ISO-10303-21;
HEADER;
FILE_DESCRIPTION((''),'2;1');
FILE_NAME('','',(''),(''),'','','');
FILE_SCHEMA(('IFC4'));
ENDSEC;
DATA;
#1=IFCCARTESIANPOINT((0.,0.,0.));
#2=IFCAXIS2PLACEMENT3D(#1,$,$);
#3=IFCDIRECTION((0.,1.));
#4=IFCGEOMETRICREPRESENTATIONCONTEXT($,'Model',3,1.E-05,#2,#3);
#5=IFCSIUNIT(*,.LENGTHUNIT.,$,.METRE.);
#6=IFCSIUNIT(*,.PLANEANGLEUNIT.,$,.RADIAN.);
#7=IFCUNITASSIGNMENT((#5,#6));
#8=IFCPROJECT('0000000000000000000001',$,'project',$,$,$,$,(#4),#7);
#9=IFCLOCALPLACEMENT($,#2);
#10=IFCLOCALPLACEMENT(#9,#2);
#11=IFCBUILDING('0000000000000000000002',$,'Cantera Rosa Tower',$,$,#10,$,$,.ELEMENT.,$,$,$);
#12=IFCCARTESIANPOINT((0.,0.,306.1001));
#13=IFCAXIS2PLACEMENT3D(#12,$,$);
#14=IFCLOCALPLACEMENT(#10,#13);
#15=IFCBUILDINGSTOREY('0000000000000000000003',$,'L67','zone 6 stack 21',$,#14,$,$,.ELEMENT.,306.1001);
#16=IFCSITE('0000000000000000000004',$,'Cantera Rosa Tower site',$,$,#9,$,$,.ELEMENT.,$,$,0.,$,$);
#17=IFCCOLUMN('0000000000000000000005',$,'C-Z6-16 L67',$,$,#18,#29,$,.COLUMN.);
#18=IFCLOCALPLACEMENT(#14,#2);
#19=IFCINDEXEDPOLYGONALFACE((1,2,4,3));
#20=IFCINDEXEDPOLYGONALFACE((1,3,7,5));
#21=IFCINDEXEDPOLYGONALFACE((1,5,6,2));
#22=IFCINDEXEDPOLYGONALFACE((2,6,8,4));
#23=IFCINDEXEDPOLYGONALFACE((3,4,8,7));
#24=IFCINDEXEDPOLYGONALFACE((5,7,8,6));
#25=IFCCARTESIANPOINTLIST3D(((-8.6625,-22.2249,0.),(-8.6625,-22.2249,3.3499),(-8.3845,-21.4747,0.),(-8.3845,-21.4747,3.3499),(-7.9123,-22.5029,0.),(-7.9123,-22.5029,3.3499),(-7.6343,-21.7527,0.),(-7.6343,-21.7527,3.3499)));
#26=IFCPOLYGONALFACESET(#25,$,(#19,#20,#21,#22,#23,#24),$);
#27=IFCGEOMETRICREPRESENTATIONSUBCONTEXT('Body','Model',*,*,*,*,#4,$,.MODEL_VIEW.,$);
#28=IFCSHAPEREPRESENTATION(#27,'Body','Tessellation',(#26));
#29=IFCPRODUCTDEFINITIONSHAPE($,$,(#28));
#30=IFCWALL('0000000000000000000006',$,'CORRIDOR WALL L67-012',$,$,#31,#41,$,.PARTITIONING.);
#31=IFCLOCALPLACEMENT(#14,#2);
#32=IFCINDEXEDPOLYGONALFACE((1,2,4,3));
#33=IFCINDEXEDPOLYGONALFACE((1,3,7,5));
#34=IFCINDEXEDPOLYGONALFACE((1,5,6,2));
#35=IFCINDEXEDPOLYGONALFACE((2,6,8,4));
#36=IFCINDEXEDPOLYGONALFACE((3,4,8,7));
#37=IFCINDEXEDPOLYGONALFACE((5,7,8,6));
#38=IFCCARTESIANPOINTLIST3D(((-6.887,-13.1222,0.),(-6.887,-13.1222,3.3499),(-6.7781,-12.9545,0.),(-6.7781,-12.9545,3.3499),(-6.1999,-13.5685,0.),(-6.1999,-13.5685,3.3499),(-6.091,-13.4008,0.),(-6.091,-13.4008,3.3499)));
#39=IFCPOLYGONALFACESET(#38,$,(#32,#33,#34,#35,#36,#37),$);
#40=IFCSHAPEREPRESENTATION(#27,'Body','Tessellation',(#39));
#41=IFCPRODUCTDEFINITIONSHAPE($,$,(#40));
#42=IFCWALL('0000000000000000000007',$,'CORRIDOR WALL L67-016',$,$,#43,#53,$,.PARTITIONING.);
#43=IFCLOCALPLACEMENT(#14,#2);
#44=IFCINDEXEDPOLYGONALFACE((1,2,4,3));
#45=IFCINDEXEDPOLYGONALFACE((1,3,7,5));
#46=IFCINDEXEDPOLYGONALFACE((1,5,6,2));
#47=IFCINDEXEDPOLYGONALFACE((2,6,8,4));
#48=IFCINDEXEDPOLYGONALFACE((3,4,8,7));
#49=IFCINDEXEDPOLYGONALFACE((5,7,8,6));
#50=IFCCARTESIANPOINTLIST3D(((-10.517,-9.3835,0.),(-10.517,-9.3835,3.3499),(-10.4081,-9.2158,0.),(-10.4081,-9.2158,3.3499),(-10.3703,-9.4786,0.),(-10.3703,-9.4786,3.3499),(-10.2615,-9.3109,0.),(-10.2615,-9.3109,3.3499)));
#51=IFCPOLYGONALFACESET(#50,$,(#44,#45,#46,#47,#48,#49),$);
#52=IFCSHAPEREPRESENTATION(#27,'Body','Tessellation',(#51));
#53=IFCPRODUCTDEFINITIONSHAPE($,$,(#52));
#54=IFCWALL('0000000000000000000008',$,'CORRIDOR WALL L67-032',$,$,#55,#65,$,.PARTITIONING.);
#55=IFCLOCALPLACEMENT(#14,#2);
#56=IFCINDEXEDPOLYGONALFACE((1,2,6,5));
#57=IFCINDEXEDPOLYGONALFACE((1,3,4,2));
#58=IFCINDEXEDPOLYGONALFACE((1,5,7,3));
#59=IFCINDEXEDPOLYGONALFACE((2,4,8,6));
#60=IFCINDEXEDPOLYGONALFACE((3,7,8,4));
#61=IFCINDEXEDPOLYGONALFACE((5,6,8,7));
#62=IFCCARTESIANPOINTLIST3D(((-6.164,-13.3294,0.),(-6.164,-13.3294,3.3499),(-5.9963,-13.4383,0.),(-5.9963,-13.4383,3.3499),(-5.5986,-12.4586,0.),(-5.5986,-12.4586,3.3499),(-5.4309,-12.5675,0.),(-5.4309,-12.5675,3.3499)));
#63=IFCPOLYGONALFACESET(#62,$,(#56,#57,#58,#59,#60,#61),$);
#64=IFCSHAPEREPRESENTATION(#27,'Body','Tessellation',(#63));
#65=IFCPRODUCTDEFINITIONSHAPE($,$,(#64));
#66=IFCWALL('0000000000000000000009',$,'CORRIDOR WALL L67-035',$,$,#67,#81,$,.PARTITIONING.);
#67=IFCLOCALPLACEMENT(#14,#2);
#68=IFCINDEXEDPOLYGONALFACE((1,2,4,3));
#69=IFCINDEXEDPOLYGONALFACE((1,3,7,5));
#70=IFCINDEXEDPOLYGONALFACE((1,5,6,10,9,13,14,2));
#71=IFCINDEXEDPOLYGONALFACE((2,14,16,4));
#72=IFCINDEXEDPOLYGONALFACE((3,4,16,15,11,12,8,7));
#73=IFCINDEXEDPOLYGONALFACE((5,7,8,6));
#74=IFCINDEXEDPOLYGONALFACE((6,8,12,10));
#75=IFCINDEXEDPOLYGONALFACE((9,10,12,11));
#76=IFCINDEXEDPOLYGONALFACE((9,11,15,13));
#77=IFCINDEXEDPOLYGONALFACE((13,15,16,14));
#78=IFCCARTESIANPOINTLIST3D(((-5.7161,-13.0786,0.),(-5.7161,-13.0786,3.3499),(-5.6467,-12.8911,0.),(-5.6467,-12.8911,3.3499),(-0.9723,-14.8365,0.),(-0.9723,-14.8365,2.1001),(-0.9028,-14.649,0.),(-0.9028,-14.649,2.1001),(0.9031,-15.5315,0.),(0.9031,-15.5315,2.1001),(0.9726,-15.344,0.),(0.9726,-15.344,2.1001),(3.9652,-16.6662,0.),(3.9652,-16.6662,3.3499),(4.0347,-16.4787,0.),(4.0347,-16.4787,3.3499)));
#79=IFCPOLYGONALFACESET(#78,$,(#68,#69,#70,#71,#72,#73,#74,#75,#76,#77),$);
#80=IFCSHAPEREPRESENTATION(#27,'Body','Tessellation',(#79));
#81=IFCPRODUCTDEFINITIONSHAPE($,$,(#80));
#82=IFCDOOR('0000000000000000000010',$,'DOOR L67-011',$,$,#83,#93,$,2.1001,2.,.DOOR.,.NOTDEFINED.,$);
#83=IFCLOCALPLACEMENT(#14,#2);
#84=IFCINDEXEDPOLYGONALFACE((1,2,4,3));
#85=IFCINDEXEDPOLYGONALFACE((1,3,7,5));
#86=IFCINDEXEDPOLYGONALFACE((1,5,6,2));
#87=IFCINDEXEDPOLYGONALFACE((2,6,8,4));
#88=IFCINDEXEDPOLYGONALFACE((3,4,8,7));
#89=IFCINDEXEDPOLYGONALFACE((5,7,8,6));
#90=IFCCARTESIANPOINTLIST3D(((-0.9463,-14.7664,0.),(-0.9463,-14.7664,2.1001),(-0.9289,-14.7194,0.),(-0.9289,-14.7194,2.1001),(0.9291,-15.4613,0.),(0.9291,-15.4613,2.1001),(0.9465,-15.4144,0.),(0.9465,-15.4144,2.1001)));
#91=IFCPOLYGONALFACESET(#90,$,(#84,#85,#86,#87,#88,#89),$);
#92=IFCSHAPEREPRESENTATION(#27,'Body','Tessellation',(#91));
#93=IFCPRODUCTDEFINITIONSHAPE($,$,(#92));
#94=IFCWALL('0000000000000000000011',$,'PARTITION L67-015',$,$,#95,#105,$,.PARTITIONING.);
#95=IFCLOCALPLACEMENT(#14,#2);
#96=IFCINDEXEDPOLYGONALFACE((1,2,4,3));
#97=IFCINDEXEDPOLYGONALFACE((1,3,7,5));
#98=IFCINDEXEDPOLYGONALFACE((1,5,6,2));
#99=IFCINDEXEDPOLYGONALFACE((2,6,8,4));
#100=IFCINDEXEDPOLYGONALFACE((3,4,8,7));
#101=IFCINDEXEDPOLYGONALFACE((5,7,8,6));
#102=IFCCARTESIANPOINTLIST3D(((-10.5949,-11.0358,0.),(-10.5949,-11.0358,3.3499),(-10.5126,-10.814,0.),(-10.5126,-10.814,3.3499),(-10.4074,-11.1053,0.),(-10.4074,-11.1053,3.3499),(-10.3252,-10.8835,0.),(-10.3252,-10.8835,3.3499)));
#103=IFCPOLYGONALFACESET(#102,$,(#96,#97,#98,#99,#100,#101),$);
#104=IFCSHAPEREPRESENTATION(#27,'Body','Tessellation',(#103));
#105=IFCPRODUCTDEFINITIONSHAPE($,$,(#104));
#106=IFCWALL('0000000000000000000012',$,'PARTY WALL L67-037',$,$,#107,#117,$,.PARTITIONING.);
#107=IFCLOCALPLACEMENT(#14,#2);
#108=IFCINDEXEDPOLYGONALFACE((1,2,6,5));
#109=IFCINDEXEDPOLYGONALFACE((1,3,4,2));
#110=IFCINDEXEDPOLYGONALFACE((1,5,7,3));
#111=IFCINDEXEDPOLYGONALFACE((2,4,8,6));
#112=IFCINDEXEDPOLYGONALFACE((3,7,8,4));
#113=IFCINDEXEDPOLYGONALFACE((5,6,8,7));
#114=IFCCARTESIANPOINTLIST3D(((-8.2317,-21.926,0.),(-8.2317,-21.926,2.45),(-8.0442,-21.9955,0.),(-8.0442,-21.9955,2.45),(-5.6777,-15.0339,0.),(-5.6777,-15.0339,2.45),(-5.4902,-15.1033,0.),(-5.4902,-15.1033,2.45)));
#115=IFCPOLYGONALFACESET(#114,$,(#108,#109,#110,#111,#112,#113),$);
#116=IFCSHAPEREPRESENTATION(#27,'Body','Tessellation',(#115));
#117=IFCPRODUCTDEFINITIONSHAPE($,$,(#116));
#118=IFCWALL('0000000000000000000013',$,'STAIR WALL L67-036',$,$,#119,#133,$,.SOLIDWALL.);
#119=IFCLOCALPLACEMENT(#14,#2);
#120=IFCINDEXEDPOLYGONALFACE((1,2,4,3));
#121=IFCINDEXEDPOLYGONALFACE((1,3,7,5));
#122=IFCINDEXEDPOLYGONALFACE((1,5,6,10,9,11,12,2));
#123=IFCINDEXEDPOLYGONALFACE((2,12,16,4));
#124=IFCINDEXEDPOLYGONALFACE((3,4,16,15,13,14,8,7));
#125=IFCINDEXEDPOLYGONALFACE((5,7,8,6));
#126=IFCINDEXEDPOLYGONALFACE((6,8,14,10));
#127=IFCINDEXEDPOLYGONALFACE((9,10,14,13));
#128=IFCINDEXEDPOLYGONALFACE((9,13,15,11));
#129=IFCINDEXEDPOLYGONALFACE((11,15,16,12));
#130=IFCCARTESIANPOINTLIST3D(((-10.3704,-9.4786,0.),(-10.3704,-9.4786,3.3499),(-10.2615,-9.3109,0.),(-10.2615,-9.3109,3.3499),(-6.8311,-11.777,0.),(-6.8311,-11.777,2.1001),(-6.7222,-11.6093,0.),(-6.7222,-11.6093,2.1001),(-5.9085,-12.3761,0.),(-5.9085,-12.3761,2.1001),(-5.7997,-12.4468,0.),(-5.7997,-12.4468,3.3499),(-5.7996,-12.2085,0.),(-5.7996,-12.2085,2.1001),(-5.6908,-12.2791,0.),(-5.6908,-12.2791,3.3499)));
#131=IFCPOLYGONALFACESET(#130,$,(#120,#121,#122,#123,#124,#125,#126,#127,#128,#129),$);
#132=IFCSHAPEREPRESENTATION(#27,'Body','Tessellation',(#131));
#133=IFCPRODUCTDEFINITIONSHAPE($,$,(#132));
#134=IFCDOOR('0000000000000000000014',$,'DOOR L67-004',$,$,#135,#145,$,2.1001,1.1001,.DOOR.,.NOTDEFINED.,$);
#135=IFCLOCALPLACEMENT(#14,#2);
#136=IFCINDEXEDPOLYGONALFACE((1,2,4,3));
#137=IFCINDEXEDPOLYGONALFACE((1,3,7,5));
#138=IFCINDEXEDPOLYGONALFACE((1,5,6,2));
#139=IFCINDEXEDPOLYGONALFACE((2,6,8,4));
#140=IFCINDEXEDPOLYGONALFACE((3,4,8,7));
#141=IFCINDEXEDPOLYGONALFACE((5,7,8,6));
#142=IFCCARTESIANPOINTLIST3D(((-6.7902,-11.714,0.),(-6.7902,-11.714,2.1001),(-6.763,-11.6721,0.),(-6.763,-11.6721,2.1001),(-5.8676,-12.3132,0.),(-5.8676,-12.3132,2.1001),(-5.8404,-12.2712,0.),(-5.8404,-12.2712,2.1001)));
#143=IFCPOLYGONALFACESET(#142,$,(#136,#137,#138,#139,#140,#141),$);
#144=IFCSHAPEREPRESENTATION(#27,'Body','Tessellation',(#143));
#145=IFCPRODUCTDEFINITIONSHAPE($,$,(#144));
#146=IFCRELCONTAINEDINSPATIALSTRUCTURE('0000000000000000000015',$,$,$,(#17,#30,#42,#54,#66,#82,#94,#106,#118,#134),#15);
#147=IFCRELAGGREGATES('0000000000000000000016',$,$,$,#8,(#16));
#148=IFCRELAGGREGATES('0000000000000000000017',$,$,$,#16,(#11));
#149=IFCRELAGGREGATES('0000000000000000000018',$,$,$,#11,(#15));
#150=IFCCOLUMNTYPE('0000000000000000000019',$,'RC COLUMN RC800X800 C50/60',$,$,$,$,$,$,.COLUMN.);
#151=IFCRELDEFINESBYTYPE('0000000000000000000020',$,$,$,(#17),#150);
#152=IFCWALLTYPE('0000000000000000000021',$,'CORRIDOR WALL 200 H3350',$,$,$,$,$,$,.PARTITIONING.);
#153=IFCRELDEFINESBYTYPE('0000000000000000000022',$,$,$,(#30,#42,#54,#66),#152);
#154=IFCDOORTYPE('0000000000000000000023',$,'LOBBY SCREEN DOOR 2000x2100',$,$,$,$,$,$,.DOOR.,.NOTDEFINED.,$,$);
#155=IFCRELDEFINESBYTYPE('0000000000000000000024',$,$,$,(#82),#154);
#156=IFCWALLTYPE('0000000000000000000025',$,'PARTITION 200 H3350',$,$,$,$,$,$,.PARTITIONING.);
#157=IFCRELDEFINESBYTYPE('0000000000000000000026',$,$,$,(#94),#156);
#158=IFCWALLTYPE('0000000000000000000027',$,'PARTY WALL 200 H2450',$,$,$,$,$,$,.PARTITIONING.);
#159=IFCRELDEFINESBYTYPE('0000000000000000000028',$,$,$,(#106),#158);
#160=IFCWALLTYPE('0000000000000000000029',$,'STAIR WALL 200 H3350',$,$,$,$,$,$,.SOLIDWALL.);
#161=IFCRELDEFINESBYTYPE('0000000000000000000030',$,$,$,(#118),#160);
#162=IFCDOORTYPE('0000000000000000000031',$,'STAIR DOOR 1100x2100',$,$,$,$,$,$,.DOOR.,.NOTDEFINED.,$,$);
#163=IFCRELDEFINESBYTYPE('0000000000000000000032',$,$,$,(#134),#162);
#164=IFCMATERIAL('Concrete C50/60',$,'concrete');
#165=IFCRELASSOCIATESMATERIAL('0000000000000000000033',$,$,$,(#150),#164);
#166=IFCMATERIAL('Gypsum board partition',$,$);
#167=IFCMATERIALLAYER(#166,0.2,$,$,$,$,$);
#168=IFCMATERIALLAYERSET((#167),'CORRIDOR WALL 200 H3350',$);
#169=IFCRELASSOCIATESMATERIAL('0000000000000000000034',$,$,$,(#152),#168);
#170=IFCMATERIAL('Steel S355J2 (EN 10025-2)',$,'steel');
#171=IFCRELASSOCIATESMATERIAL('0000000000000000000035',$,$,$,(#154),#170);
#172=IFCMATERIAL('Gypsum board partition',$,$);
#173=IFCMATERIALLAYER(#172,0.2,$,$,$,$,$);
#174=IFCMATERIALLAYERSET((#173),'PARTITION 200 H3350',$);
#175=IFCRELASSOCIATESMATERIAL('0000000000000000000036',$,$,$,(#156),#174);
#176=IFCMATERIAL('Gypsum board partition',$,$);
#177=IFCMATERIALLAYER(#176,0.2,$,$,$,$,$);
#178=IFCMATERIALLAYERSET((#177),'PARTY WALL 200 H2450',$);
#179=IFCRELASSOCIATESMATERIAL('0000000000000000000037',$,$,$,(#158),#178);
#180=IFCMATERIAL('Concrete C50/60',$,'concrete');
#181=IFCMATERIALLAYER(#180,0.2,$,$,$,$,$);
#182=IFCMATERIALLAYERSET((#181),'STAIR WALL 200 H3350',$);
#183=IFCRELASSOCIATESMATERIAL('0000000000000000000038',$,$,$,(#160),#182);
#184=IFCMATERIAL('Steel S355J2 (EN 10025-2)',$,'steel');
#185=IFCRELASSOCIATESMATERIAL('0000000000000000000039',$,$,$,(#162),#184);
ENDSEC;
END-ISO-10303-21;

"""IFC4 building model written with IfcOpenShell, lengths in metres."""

from ifc_helpers import new_model, si_unit, direction, frame, frame_2d, origin, origin_2d, place, context, subcontext, project, spatial, rectangle, extrude, material, layer, layer_set, material_profile, profile_set, type_object, element, fill, save


model = new_model("IFC4")

# Units and contexts
model_context = context("Model", 3, precision=1e-05, world=origin(), true_north=direction((0.0, 1.0)))
body_context = subcontext(model_context, "Body", "Model", "MODEL_VIEW")
ifc_project = project(units=[si_unit("LENGTHUNIT", "METRE"), si_unit("PLANEANGLEUNIT", "RADIAN")], contexts=[model_context])

# Site, building, storey
site_placement = place(None, origin())
site = spatial("IfcSite", under=ifc_project, at=site_placement, Name="Cantera Rosa Tower site", CompositionType="ELEMENT", RefElevation=0.0)
building_placement = place(site_placement, origin())
building = spatial("IfcBuilding", under=site, at=building_placement, Name="Cantera Rosa Tower", CompositionType="ELEMENT")
storey_placement = place(building_placement, frame((0.0, 0.0, 306.1001)))
storey = spatial("IfcBuildingStorey", under=building, at=storey_placement, Name="L67", Description="zone 6 stack 21", CompositionType="ELEMENT", Elevation=306.1001)

# Column
ifc_material_1 = material(Name="Concrete C50/60", Category="concrete")
ifc_material_profile = material_profile(ifc_material_1, rectangle(XDim=0.8, YDim=0.8, at=origin_2d()), Name="RC COLUMN RC800X800 C50/60")
ifc_profile_set = profile_set([ifc_material_profile], Name="Concrete C50/60")
column_type = type_object("IfcColumnType", Name="RC COLUMN RC800X800 C50/60", PredefinedType="COLUMN", material=ifc_profile_set)
column_placement = place(storey_placement, frame((-8.1484, -21.9888, 0.0), z_axis=(0.0, 0.0, 1.0), x_axis=(0.347481, 0.937687, 0.0)))
element("IfcColumn", 1, at=column_placement, inside=storey, type_object=column_type, Name="C-Z6-16 L67", PredefinedType="COLUMN", context=body_context, shape_type="SweptSolid", body=[
    extrude(rectangle(XDim=0.8, YDim=0.8, at=origin_2d()), origin(), (0.0, 0.0, 1.0), 3.3499),
])

# Walls
ifc_material_2 = material(Name="Gypsum board partition")
ifc_layer_1 = layer(ifc_material_2, 0.2)
ifc_layer_set_1 = layer_set([ifc_layer_1], Name="CORRIDOR WALL 200 H3350")
wall_type_1 = type_object("IfcWallType", Name="CORRIDOR WALL 200 H3350", PredefinedType="PARTITIONING", material=ifc_layer_set_1)
wall_1_placement = place(storey_placement, frame((-6.8325, -13.0383, 0.0), z_axis=(0.0, 0.0, 1.0), x_axis=(0.838593, -0.544758, 0.0)))
element("IfcWall", 2, at=wall_1_placement, inside=storey, type_object=wall_type_1, Name="CORRIDOR WALL L67-012", PredefinedType="PARTITIONING", context=body_context, shape_type="SweptSolid", body=[
    extrude(rectangle(XDim=0.8193, YDim=0.2, at=frame_2d((0.4097, 0.0))), origin(), (0.0, 0.0, 1.0), 3.3499),
])
wall_2_placement = place(storey_placement, frame((-10.3159, -9.3948, 0.0), z_axis=(0.0, 0.0, 1.0), x_axis=(-0.838858, 0.54435, 0.0)))
element("IfcWall", 3, at=wall_2_placement, inside=storey, type_object=wall_type_1, Name="CORRIDOR WALL L67-016", PredefinedType="PARTITIONING", context=body_context, shape_type="SweptSolid", body=[
    extrude(rectangle(XDim=0.1748, YDim=0.2, at=frame_2d((0.0874, 0.0))), origin(), (0.0, 0.0, 1.0), 3.3499),
])
wall_3_placement = place(storey_placement, frame((-6.0801, -13.3838, 0.0), z_axis=(0.0, 0.0, 1.0), x_axis=(0.544567, 0.838717, 0.0)))
element("IfcWall", 4, at=wall_3_placement, inside=storey, type_object=wall_type_1, Name="CORRIDOR WALL L67-032", PredefinedType="PARTITIONING", context=body_context, shape_type="SweptSolid", body=[
    extrude(rectangle(XDim=1.0383, YDim=0.2, at=frame_2d((0.519, 0.0))), origin(), (0.0, 0.0, 1.0), 3.3499),
])

# Wall, opening, door
wall_4_placement = place(storey_placement, frame((-5.6814, -12.9849, 0.0), z_axis=(0.0, 0.0, 1.0), x_axis=(0.937687, -0.34748, 0.0)))
wall_4 = element("IfcWall", 5, at=wall_4_placement, inside=storey, type_object=wall_type_1, Name="CORRIDOR WALL L67-035", PredefinedType="PARTITIONING", context=body_context, shape_type="SweptSolid", body=[
    extrude(rectangle(XDim=10.3247, YDim=0.2, at=frame_2d((5.1624, 0.0))), origin(), (0.0, 0.0, 1.0), 3.3499),
])
opening_1_placement = place(wall_4_placement, frame((5.0591, 0.0, 0.0)))
opening_1 = element("IfcOpeningElement", 6, at=opening_1_placement, cuts=wall_4, PredefinedType="OPENING", context=body_context, shape_type="SweptSolid", body=[
    extrude(rectangle(XDim=2.0, YDim=2.1001, at=frame_2d((1.0, 1.05))), frame((0.0, 0.1099, 0.0), z_axis=(0.0, -1.0, 0.0), x_axis=(1.0, 0.0, 0.0)), (0.0, 0.0, 1.0), 0.22),
])
ifc_material_3 = material(Name="Steel S355J2 (EN 10025-2)", Category="steel")
door_type_1 = type_object("IfcDoorType", Name="LOBBY SCREEN DOOR 2000x2100", OperationType="NOTDEFINED", PredefinedType="DOOR", material=ifc_material_3)
door_1_placement = place(opening_1_placement, origin())
door_1 = element("IfcDoor", 7, at=door_1_placement, inside=storey, type_object=door_type_1, Name="DOOR L67-011", OperationType="NOTDEFINED", OverallHeight=2.1001, OverallWidth=2.0, PredefinedType="DOOR", context=body_context, shape_type="SweptSolid", body=[
    extrude(rectangle(XDim=2.0, YDim=2.1001, at=frame_2d((1.0, 1.05))), frame((0.0, 0.0249, 0.0), z_axis=(0.0, -1.0, 0.0), x_axis=(1.0, 0.0, 0.0)), (0.0, 0.0, 1.0), 0.05),
])
fill(opening_1, door_1)

# Walls
ifc_material_4 = material(Name="Gypsum board partition")
ifc_layer_2 = layer(ifc_material_4, 0.2)
ifc_layer_set_2 = layer_set([ifc_layer_2], Name="PARTITION 200 H3350")
wall_type_2 = type_object("IfcWallType", Name="PARTITION 200 H3350", PredefinedType="PARTITIONING", material=ifc_layer_set_2)
wall_5_placement = place(storey_placement, frame((-10.4189, -10.8489, 0.0), z_axis=(0.0, 0.0, 1.0), x_axis=(-0.347617, -0.937637, 0.0)))
element("IfcWall", 8, at=wall_5_placement, inside=storey, type_object=wall_type_2, Name="PARTITION L67-015", PredefinedType="PARTITIONING", context=body_context, shape_type="SweptSolid", body=[
    extrude(rectangle(XDim=0.2366, YDim=0.2, at=frame_2d((0.1182, 0.0))), origin(), (0.0, 0.0, 1.0), 3.3499),
])
ifc_material_5 = material(Name="Gypsum board partition")
ifc_layer_3 = layer(ifc_material_5, 0.2)
ifc_layer_set_3 = layer_set([ifc_layer_3], Name="PARTY WALL 200 H2450")
wall_type_3 = type_object("IfcWallType", Name="PARTY WALL 200 H2450", PredefinedType="PARTITIONING", material=ifc_layer_set_3)
wall_6_placement = place(storey_placement, frame((-5.584, -15.0686, 0.0), z_axis=(0.0, 0.0, 1.0), x_axis=(-0.347473, -0.93769, 0.0)))
element("IfcWall", 9, at=wall_6_placement, inside=storey, type_object=wall_type_3, Name="PARTY WALL L67-037", PredefinedType="PARTITIONING", context=body_context, shape_type="SweptSolid", body=[
    extrude(rectangle(XDim=7.3501, YDim=0.2, at=frame_2d((3.675, 0.0))), origin(), (0.0, 0.0, 1.0), 2.45),
])

# Wall, opening, door
ifc_material_6 = material(Name="Concrete C50/60", Category="concrete")
ifc_layer_4 = layer(ifc_material_6, 0.2)
ifc_layer_set_4 = layer_set([ifc_layer_4], Name="STAIR WALL 200 H3350")
wall_type_4 = type_object("IfcWallType", Name="STAIR WALL 200 H3350", PredefinedType="SOLIDWALL", material=ifc_layer_set_4)
wall_7_placement = place(storey_placement, frame((-5.7451, -12.363, 0.0), z_axis=(0.0, 0.0, 1.0), x_axis=(-0.838675, 0.544632, 0.0)))
wall_7 = element("IfcWall", 10, at=wall_7_placement, inside=storey, type_object=wall_type_4, Name="STAIR WALL L67-036", PredefinedType="SOLIDWALL", context=body_context, shape_type="SweptSolid", body=[
    extrude(rectangle(XDim=5.45, YDim=0.2, at=frame_2d((2.7251, 0.0))), origin(), (0.0, 0.0, 1.0), 3.3499),
])
opening_2_placement = place(wall_7_placement, frame((0.1299, 0.0, 0.0)))
opening_2 = element("IfcOpeningElement", 11, at=opening_2_placement, cuts=wall_7, PredefinedType="OPENING", context=body_context, shape_type="SweptSolid", body=[
    extrude(rectangle(XDim=1.1001, YDim=2.1001, at=frame_2d((0.55, 1.05))), frame((0.0, 0.1099, 0.0), z_axis=(0.0, -1.0, 0.0), x_axis=(1.0, 0.0, 0.0)), (0.0, 0.0, 1.0), 0.22),
])
ifc_material_7 = material(Name="Steel S355J2 (EN 10025-2)", Category="steel")
door_type_2 = type_object("IfcDoorType", Name="STAIR DOOR 1100x2100", OperationType="NOTDEFINED", PredefinedType="DOOR", material=ifc_material_7)
door_2_placement = place(opening_2_placement, origin())
door_2 = element("IfcDoor", 12, at=door_2_placement, inside=storey, type_object=door_type_2, Name="DOOR L67-004", OperationType="NOTDEFINED", OverallHeight=2.1001, OverallWidth=1.1001, PredefinedType="DOOR", context=body_context, shape_type="SweptSolid", body=[
    extrude(rectangle(XDim=1.1001, YDim=2.1001, at=frame_2d((0.55, 1.05))), frame((0.0, 0.0249, 0.0), z_axis=(0.0, -1.0, 0.0), x_axis=(1.0, 0.0, 0.0)), (0.0, 0.0, 1.0), 0.05),
])
fill(opening_2, door_2)

save(model, "model.ifc")
